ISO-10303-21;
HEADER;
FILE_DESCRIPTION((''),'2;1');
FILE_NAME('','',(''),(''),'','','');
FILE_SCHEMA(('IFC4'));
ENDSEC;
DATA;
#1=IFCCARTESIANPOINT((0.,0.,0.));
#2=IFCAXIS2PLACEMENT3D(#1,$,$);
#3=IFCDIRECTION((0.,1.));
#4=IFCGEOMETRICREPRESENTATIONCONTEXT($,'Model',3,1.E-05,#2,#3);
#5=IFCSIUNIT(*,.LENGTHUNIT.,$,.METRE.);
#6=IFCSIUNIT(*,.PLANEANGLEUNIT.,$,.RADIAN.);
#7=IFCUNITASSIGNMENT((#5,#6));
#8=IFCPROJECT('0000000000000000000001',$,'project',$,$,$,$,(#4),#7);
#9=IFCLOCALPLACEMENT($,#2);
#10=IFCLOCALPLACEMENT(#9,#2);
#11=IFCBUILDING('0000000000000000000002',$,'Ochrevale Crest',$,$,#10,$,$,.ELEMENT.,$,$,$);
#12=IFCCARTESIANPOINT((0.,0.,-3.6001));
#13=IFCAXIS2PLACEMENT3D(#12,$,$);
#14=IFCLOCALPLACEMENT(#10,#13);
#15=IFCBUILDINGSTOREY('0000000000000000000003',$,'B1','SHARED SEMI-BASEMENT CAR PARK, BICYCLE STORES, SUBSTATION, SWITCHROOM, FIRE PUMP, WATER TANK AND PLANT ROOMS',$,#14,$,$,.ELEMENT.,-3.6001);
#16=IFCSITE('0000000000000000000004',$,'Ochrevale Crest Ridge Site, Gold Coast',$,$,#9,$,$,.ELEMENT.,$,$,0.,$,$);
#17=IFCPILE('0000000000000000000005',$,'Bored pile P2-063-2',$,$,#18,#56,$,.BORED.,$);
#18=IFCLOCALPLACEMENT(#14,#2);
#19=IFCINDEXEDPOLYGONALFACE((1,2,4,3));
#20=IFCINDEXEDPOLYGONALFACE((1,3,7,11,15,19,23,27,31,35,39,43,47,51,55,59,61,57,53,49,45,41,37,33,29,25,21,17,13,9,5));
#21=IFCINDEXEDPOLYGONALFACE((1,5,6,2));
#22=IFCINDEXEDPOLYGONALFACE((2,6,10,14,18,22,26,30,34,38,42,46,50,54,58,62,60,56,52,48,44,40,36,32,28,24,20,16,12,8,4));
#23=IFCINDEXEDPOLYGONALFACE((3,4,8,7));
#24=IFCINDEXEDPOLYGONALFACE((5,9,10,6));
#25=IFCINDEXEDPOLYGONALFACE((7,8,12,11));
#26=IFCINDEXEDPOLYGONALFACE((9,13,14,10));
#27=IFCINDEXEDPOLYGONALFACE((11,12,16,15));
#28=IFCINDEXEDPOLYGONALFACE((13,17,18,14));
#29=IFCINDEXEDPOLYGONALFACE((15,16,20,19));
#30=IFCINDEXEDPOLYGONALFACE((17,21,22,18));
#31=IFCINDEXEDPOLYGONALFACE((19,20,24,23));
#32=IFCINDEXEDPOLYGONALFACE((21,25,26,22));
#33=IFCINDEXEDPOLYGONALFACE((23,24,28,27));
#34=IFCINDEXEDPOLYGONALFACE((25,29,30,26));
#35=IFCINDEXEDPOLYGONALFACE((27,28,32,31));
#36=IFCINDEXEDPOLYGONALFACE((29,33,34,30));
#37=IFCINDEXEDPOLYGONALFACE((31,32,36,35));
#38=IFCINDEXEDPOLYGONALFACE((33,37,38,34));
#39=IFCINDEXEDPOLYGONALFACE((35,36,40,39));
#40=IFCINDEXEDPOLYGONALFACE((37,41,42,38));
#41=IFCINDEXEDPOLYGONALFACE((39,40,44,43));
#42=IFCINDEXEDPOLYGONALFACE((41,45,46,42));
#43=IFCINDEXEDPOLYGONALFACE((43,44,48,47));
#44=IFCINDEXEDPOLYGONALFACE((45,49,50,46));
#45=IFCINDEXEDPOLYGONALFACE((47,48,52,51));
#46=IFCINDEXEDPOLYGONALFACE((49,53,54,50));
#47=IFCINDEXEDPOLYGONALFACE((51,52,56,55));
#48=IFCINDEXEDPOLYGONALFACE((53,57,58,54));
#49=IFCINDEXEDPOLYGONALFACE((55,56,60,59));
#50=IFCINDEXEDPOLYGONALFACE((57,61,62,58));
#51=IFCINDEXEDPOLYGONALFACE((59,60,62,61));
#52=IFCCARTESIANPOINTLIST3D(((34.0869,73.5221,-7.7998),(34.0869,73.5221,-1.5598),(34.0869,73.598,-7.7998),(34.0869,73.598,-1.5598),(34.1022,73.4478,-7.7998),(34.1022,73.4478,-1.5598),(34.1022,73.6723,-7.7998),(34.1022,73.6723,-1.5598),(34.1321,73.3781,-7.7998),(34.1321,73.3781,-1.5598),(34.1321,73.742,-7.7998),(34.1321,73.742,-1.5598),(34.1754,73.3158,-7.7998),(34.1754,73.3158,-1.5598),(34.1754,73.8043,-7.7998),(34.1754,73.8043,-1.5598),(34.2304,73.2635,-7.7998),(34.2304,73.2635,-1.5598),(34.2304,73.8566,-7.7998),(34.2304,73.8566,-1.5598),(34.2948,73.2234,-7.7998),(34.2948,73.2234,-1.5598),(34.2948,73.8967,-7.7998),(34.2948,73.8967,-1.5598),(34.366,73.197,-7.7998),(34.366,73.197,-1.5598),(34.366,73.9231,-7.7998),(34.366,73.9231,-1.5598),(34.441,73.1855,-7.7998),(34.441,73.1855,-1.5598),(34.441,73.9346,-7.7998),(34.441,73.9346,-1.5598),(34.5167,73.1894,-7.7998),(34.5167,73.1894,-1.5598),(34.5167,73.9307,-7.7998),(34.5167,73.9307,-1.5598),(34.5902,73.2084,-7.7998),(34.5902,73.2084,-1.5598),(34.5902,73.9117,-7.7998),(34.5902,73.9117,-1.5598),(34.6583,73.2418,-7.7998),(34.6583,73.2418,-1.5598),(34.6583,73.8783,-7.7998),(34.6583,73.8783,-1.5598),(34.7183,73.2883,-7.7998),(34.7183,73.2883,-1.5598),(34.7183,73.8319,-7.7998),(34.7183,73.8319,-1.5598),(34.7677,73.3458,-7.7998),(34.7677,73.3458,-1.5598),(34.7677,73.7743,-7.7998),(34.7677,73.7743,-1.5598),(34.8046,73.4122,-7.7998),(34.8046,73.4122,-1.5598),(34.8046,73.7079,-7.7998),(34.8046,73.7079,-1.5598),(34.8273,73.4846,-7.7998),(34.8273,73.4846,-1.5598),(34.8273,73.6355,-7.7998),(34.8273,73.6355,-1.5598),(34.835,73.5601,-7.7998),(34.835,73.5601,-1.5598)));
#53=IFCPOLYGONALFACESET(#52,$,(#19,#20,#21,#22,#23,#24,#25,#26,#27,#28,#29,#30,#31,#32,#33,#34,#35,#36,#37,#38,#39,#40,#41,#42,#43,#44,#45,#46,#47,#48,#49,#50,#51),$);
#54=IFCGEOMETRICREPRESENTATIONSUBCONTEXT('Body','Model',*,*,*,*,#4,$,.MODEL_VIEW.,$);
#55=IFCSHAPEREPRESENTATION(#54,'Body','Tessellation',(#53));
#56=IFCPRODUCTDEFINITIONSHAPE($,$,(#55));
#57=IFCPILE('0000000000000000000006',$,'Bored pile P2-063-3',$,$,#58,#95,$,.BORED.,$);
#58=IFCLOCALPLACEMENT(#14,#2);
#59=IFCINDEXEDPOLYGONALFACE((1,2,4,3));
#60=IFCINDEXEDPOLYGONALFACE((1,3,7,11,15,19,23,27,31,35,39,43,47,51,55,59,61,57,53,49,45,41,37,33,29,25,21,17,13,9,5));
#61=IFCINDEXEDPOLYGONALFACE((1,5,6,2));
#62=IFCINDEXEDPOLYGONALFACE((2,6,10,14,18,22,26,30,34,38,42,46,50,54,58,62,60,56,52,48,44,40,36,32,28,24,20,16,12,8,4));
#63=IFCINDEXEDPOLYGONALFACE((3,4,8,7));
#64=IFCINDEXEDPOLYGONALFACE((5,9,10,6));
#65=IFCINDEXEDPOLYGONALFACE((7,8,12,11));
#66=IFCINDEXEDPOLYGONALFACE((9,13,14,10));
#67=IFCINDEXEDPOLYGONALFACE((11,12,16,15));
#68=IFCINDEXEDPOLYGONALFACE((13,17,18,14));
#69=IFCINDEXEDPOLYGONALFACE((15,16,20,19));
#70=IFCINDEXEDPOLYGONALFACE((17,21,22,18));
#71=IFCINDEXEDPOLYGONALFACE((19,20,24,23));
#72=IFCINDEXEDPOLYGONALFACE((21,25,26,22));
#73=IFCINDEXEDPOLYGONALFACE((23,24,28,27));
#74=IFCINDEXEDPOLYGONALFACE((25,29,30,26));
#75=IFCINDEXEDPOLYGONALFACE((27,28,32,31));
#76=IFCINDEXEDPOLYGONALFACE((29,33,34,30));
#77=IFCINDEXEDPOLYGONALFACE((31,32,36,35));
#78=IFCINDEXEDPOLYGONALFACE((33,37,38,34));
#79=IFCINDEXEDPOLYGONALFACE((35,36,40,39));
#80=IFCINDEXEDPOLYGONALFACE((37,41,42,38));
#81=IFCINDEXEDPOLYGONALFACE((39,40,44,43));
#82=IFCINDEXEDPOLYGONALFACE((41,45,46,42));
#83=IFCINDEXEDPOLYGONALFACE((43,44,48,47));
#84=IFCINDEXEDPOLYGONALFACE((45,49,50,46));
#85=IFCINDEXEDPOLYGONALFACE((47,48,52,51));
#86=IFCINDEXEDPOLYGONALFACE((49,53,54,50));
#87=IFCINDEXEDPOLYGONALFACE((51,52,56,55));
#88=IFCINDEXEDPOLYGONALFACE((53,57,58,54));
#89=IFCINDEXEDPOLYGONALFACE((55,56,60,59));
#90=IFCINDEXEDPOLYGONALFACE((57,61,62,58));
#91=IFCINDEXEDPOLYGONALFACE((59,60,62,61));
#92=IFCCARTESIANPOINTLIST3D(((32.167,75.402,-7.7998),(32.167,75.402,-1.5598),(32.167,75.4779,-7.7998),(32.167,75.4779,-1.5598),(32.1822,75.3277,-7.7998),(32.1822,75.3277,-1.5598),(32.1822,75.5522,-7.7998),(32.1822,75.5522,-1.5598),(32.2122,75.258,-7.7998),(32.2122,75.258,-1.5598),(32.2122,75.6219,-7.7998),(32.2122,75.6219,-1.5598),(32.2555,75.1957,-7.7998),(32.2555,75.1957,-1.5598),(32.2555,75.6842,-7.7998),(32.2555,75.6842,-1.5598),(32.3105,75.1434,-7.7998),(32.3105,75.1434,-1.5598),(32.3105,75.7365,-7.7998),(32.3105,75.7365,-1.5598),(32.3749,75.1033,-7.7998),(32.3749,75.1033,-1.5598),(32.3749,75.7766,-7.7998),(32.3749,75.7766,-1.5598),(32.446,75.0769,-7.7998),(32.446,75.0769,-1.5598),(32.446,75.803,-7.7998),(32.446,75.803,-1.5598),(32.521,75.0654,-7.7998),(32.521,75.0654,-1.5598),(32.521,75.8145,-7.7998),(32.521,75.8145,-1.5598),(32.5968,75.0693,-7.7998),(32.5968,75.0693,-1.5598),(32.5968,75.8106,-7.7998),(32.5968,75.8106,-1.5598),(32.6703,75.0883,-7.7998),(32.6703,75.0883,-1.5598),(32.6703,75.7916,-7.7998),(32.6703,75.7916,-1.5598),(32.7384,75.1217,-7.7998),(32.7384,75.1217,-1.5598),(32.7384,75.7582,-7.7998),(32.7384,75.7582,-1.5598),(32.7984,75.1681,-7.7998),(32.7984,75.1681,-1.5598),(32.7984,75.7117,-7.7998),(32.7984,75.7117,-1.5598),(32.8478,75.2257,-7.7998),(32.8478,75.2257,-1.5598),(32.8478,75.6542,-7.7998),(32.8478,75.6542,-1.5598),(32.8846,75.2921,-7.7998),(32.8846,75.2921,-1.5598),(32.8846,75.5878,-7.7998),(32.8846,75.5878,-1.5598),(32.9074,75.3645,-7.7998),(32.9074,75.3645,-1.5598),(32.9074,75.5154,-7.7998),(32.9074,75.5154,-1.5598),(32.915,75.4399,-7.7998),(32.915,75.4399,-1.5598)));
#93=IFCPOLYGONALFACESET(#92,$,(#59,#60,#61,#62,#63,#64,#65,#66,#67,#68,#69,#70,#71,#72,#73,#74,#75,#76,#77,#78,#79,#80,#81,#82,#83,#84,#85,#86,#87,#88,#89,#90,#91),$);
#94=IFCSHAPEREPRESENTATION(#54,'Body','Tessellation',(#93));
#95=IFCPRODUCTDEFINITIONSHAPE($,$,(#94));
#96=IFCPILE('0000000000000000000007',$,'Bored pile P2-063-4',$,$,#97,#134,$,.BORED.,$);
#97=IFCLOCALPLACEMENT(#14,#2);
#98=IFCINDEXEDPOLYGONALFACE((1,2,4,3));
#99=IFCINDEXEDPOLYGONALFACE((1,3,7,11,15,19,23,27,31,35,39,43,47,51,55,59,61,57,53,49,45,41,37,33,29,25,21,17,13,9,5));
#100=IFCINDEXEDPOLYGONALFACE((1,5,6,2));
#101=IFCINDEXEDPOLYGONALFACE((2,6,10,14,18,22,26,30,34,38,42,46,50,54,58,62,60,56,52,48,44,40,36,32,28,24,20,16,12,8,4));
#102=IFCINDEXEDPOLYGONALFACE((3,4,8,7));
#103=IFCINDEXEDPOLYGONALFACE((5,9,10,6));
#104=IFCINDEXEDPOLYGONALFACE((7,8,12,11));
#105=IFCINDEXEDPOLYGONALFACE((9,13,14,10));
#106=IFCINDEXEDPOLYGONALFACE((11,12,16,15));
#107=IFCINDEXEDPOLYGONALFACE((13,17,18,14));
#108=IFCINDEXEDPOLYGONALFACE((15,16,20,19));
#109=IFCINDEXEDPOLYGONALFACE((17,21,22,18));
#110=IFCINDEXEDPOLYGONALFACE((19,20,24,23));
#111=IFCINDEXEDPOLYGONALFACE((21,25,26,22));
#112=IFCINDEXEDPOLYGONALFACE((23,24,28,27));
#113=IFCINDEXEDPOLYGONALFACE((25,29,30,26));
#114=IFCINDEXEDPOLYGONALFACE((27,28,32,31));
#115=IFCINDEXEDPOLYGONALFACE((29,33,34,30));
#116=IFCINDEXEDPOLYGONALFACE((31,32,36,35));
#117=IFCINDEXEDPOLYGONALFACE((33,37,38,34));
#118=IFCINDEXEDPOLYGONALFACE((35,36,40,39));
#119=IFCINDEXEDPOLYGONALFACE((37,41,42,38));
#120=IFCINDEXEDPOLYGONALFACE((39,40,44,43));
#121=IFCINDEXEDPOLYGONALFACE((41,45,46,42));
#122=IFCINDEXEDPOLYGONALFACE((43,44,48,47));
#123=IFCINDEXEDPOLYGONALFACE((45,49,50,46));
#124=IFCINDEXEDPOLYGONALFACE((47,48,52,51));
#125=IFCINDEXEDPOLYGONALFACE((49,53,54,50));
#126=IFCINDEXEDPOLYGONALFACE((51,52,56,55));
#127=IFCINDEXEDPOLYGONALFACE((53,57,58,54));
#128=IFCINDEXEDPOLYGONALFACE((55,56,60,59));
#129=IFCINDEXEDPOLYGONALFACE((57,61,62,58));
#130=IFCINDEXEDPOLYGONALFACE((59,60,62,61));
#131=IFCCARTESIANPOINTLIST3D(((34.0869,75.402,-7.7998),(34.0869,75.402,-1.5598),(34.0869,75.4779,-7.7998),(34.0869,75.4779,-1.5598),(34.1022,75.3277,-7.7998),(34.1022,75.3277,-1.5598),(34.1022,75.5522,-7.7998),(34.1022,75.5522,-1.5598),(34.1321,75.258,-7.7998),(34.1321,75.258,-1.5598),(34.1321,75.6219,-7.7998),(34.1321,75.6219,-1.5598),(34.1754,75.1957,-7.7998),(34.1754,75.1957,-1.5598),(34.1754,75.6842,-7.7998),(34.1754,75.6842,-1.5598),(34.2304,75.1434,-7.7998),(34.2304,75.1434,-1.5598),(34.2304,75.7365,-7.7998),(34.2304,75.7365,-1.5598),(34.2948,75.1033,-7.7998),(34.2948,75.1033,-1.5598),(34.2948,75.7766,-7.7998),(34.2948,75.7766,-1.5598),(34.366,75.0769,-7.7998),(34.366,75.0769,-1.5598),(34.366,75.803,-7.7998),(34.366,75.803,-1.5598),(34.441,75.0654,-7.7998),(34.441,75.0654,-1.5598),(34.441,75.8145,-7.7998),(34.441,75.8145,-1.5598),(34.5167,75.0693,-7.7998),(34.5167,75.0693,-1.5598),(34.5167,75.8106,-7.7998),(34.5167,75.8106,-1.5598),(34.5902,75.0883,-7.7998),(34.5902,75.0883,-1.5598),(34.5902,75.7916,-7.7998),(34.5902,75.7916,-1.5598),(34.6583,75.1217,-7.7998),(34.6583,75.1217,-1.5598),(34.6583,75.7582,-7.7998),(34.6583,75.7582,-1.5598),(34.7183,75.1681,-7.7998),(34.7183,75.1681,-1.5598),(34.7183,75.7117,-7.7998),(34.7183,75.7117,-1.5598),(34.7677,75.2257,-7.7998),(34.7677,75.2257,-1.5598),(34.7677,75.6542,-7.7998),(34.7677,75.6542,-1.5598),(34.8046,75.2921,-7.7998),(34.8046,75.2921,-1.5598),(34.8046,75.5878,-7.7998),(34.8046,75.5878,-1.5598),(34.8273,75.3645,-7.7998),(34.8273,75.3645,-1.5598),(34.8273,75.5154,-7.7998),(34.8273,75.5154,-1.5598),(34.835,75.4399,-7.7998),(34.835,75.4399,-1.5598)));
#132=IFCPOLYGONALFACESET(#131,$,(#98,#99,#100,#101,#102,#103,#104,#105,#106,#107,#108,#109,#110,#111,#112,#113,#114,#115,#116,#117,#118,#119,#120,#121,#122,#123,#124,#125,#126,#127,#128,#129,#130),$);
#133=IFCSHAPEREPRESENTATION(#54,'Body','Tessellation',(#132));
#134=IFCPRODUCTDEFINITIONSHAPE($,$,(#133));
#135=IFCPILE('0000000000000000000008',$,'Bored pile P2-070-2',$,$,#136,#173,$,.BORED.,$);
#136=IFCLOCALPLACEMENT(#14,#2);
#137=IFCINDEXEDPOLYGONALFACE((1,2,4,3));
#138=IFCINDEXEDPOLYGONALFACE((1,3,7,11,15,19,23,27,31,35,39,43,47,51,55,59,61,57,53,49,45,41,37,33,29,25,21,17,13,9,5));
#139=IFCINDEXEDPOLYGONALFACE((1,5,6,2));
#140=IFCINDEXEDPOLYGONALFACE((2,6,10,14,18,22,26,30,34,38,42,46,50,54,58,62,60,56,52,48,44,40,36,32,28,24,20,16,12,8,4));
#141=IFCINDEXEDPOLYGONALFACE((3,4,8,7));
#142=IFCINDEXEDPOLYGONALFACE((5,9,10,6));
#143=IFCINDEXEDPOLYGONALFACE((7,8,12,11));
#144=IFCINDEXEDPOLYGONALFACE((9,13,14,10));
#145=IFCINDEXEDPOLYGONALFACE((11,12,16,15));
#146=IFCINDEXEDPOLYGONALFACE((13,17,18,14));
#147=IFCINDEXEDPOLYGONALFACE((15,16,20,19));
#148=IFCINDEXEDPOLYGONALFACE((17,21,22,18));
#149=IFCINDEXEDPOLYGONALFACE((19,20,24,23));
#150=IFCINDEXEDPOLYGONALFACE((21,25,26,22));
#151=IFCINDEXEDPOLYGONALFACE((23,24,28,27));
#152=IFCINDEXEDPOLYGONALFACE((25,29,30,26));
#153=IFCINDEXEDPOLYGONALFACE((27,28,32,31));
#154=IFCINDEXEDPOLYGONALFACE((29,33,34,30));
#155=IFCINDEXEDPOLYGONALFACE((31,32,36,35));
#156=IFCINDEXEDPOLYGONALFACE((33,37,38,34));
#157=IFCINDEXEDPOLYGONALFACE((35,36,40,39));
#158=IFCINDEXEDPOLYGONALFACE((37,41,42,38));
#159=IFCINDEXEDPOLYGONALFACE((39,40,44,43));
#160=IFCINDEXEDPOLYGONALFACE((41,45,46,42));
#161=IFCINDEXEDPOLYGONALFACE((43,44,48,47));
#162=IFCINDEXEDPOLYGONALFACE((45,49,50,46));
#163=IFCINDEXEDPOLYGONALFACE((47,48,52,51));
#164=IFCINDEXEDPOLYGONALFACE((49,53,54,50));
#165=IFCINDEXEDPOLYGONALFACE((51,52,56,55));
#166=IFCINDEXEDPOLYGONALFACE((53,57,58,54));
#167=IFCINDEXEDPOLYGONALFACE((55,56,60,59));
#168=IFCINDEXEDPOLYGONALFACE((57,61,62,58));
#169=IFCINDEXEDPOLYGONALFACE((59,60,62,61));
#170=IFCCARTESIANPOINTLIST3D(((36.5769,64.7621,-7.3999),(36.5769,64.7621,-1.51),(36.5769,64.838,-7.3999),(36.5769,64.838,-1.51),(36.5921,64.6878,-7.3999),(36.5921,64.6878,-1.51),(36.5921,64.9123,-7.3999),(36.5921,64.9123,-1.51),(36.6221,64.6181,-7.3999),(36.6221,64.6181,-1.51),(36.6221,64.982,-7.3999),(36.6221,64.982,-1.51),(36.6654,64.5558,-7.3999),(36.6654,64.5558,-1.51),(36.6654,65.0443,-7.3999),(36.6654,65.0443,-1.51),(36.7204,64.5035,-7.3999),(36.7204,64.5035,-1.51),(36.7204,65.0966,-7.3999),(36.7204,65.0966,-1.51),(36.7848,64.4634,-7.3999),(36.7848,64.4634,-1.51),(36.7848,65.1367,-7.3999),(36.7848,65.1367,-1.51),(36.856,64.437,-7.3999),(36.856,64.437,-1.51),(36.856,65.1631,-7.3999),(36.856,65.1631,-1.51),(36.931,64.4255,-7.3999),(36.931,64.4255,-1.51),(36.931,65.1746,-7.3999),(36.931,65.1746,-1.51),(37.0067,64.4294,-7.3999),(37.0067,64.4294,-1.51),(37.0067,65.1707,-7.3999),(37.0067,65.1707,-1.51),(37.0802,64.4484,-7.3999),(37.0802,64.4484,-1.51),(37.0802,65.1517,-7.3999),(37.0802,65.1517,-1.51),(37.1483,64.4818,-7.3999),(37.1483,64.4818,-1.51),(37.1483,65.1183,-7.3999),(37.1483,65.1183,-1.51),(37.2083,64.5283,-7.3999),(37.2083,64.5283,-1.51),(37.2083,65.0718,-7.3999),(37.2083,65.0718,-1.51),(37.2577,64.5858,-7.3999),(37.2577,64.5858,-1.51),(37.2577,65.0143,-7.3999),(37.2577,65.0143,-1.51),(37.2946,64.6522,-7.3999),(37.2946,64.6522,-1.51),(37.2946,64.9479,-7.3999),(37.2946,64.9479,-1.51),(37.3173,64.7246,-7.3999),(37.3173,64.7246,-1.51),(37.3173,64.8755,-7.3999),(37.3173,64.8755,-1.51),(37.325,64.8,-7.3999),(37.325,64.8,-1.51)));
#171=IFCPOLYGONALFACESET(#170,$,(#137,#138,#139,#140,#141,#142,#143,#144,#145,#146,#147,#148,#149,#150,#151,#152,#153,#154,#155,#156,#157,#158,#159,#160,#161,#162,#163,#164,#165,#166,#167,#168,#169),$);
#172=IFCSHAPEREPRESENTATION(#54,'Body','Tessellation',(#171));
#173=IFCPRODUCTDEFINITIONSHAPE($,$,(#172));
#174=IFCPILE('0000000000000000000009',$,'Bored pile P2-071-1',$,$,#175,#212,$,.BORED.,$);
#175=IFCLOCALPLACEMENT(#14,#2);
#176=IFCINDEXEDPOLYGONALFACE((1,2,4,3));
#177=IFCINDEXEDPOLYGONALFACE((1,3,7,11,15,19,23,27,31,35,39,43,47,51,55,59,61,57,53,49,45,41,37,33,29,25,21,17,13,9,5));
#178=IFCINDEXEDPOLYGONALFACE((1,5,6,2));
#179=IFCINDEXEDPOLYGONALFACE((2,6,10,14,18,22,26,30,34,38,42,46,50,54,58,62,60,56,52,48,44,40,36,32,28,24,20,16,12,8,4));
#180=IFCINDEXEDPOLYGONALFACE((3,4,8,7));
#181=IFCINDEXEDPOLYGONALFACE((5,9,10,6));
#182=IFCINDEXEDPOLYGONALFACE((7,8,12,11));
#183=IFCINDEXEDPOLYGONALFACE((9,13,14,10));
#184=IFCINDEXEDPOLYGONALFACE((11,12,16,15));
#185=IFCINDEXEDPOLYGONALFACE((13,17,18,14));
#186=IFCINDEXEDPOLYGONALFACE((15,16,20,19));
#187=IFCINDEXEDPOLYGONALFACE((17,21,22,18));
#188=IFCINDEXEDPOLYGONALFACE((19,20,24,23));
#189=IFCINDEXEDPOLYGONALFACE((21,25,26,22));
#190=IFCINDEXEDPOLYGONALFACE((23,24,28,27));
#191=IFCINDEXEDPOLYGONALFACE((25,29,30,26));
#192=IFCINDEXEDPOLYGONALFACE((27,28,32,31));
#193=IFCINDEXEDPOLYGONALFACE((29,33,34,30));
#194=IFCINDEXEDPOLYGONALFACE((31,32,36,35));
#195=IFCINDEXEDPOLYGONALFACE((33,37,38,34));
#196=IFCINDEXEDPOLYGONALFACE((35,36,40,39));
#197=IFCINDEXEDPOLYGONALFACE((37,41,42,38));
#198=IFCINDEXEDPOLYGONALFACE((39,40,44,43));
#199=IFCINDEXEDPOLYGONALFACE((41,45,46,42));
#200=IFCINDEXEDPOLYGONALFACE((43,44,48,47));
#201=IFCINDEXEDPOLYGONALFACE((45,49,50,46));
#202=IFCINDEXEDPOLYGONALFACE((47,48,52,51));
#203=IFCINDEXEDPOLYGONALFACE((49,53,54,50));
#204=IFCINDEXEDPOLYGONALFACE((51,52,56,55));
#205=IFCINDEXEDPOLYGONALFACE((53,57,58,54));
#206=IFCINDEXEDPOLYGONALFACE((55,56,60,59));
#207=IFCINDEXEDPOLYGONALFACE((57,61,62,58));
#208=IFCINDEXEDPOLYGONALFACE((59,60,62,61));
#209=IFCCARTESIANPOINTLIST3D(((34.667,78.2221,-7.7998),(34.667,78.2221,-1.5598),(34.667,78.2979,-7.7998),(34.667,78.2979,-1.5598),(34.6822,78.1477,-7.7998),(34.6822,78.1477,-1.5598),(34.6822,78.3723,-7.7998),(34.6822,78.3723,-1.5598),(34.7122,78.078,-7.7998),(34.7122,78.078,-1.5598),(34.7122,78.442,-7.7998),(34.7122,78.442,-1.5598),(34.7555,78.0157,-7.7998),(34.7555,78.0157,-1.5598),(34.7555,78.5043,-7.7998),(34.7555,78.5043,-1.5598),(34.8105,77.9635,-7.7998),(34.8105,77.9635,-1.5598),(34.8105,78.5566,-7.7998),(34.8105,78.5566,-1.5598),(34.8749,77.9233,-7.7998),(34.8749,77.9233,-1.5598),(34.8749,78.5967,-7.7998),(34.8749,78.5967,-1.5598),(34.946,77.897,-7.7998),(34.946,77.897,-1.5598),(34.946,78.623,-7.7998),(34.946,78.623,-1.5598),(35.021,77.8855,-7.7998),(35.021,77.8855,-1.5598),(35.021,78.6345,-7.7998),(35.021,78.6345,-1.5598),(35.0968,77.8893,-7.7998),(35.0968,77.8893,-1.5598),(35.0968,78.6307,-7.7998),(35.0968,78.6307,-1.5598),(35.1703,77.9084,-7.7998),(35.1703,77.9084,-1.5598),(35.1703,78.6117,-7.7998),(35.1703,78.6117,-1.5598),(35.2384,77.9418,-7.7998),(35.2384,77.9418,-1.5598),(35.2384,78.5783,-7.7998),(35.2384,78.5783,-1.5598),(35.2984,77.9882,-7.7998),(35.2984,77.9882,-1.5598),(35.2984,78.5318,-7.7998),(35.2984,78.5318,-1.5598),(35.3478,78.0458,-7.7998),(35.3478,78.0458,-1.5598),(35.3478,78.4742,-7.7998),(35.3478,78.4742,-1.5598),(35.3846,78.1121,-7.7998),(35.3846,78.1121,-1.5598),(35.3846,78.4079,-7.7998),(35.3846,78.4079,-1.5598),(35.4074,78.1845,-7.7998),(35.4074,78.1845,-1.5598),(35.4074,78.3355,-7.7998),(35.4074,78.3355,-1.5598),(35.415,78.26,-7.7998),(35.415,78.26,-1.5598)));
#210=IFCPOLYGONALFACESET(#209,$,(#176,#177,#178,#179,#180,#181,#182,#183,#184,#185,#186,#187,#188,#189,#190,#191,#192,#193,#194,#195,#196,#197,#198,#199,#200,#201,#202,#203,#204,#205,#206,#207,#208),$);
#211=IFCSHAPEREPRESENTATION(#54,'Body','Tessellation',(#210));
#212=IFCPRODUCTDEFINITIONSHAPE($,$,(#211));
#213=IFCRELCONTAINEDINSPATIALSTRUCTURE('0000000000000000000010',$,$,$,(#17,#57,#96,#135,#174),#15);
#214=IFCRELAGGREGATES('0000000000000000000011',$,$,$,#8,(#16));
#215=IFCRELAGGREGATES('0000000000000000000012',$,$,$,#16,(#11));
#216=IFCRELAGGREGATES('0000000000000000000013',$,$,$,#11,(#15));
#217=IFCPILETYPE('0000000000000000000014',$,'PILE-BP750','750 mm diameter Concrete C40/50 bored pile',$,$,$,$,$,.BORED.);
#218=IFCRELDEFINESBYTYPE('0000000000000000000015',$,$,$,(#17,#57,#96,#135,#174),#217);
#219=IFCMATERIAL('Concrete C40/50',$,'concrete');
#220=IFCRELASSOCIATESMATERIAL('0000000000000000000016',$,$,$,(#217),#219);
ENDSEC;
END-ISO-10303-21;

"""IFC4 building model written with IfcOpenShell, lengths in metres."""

from ifc_helpers import new_model, si_unit, direction, frame, origin, origin_2d, place, context, subcontext, project, spatial, circle, extrude, material, material_profile, profile_set, type_object, element, save


model = new_model("IFC4")

# Units and contexts
model_context = context("Model", 3, precision=1e-05, world=origin(), true_north=direction((0.0, 1.0)))
body_context = subcontext(model_context, "Body", "Model", "MODEL_VIEW")
ifc_project = project(units=[si_unit("LENGTHUNIT", "METRE"), si_unit("PLANEANGLEUNIT", "RADIAN")], contexts=[model_context])

# Site, building, storey
site_placement = place(None, origin())
site = spatial("IfcSite", under=ifc_project, at=site_placement, Name="Ochrevale Crest Ridge Site, Gold Coast", CompositionType="ELEMENT", RefElevation=0.0)
building_placement = place(site_placement, origin())
building = spatial("IfcBuilding", under=site, at=building_placement, Name="Ochrevale Crest", CompositionType="ELEMENT")
storey_placement = place(building_placement, frame((0.0, 0.0, -3.6001)))
storey = spatial("IfcBuildingStorey", under=building, at=storey_placement, Name="B1", Description="SHARED SEMI-BASEMENT CAR PARK, BICYCLE STORES, SUBSTATION, SWITCHROOM, FIRE PUMP, WATER TANK AND PLANT ROOMS", CompositionType="ELEMENT", Elevation=-3.6001)

# Shared definitions
ifc_material_1 = material(Name="Concrete C40/50", Category="concrete")

# Piles
ifc_material_profile_1 = material_profile(ifc_material_1, circle(Radius=0.375, at=origin_2d()), Name="BORED PILE 750")
ifc_profile_set_1 = profile_set([ifc_material_profile_1], Name="Concrete C40/50")
pile_type_1 = type_object("IfcPileType", Name="PILE-BP750", Description="750 mm diameter Concrete C40/50 bored pile", PredefinedType="BORED", material=ifc_profile_set_1)
for number, where, z_axis, x_axis, name in (
    (1, (34.46, 73.5601, -1.5598), (0.0, 0.0, -1.0), (1.0, 0.0, 0.0), "Bored pile P2-063-2"),
    (2, (32.54, 75.4399, -1.5598), (0.0, 0.0, -1.0), (1.0, 0.0, 0.0), "Bored pile P2-063-3"),
    (3, (34.46, 75.4399, -1.5598), (0.0, 0.0, -1.0), (1.0, 0.0, 0.0), "Bored pile P2-063-4"),
):
    element("IfcPile", number, at=place(storey_placement, frame(where, z_axis=z_axis, x_axis=x_axis)), inside=storey, type_object=pile_type_1, Name=name, PredefinedType="BORED", context=body_context, shape_type="SweptSolid", body=[
        extrude(circle(Radius=0.375, at=origin_2d()), origin(), (0.0, 0.0, 1.0), 6.24),
    ])
pile_1_placement = place(storey_placement, frame((36.95, 64.8, -1.51), z_axis=(0.0, 0.0, -1.0), x_axis=(1.0, 0.0, 0.0)))
element("IfcPile", 4, at=pile_1_placement, inside=storey, type_object=pile_type_1, Name="Bored pile P2-070-2", PredefinedType="BORED", context=body_context, shape_type="SweptSolid", body=[
    extrude(circle(Radius=0.375, at=origin_2d()), origin(), (0.0, 0.0, 1.0), 5.8899),
])
for number, where, z_axis, x_axis, name in (
    (5, (35.04, 78.26, -1.5598), (0.0, 0.0, -1.0), (1.0, 0.0, 0.0), "Bored pile P2-071-1"),
):
    element("IfcPile", number, at=place(storey_placement, frame(where, z_axis=z_axis, x_axis=x_axis)), inside=storey, type_object=pile_type_1, Name=name, PredefinedType="BORED", context=body_context, shape_type="SweptSolid", body=[
        extrude(circle(Radius=0.375, at=origin_2d()), origin(), (0.0, 0.0, 1.0), 6.24),
    ])

save(model, "model.ifc")
